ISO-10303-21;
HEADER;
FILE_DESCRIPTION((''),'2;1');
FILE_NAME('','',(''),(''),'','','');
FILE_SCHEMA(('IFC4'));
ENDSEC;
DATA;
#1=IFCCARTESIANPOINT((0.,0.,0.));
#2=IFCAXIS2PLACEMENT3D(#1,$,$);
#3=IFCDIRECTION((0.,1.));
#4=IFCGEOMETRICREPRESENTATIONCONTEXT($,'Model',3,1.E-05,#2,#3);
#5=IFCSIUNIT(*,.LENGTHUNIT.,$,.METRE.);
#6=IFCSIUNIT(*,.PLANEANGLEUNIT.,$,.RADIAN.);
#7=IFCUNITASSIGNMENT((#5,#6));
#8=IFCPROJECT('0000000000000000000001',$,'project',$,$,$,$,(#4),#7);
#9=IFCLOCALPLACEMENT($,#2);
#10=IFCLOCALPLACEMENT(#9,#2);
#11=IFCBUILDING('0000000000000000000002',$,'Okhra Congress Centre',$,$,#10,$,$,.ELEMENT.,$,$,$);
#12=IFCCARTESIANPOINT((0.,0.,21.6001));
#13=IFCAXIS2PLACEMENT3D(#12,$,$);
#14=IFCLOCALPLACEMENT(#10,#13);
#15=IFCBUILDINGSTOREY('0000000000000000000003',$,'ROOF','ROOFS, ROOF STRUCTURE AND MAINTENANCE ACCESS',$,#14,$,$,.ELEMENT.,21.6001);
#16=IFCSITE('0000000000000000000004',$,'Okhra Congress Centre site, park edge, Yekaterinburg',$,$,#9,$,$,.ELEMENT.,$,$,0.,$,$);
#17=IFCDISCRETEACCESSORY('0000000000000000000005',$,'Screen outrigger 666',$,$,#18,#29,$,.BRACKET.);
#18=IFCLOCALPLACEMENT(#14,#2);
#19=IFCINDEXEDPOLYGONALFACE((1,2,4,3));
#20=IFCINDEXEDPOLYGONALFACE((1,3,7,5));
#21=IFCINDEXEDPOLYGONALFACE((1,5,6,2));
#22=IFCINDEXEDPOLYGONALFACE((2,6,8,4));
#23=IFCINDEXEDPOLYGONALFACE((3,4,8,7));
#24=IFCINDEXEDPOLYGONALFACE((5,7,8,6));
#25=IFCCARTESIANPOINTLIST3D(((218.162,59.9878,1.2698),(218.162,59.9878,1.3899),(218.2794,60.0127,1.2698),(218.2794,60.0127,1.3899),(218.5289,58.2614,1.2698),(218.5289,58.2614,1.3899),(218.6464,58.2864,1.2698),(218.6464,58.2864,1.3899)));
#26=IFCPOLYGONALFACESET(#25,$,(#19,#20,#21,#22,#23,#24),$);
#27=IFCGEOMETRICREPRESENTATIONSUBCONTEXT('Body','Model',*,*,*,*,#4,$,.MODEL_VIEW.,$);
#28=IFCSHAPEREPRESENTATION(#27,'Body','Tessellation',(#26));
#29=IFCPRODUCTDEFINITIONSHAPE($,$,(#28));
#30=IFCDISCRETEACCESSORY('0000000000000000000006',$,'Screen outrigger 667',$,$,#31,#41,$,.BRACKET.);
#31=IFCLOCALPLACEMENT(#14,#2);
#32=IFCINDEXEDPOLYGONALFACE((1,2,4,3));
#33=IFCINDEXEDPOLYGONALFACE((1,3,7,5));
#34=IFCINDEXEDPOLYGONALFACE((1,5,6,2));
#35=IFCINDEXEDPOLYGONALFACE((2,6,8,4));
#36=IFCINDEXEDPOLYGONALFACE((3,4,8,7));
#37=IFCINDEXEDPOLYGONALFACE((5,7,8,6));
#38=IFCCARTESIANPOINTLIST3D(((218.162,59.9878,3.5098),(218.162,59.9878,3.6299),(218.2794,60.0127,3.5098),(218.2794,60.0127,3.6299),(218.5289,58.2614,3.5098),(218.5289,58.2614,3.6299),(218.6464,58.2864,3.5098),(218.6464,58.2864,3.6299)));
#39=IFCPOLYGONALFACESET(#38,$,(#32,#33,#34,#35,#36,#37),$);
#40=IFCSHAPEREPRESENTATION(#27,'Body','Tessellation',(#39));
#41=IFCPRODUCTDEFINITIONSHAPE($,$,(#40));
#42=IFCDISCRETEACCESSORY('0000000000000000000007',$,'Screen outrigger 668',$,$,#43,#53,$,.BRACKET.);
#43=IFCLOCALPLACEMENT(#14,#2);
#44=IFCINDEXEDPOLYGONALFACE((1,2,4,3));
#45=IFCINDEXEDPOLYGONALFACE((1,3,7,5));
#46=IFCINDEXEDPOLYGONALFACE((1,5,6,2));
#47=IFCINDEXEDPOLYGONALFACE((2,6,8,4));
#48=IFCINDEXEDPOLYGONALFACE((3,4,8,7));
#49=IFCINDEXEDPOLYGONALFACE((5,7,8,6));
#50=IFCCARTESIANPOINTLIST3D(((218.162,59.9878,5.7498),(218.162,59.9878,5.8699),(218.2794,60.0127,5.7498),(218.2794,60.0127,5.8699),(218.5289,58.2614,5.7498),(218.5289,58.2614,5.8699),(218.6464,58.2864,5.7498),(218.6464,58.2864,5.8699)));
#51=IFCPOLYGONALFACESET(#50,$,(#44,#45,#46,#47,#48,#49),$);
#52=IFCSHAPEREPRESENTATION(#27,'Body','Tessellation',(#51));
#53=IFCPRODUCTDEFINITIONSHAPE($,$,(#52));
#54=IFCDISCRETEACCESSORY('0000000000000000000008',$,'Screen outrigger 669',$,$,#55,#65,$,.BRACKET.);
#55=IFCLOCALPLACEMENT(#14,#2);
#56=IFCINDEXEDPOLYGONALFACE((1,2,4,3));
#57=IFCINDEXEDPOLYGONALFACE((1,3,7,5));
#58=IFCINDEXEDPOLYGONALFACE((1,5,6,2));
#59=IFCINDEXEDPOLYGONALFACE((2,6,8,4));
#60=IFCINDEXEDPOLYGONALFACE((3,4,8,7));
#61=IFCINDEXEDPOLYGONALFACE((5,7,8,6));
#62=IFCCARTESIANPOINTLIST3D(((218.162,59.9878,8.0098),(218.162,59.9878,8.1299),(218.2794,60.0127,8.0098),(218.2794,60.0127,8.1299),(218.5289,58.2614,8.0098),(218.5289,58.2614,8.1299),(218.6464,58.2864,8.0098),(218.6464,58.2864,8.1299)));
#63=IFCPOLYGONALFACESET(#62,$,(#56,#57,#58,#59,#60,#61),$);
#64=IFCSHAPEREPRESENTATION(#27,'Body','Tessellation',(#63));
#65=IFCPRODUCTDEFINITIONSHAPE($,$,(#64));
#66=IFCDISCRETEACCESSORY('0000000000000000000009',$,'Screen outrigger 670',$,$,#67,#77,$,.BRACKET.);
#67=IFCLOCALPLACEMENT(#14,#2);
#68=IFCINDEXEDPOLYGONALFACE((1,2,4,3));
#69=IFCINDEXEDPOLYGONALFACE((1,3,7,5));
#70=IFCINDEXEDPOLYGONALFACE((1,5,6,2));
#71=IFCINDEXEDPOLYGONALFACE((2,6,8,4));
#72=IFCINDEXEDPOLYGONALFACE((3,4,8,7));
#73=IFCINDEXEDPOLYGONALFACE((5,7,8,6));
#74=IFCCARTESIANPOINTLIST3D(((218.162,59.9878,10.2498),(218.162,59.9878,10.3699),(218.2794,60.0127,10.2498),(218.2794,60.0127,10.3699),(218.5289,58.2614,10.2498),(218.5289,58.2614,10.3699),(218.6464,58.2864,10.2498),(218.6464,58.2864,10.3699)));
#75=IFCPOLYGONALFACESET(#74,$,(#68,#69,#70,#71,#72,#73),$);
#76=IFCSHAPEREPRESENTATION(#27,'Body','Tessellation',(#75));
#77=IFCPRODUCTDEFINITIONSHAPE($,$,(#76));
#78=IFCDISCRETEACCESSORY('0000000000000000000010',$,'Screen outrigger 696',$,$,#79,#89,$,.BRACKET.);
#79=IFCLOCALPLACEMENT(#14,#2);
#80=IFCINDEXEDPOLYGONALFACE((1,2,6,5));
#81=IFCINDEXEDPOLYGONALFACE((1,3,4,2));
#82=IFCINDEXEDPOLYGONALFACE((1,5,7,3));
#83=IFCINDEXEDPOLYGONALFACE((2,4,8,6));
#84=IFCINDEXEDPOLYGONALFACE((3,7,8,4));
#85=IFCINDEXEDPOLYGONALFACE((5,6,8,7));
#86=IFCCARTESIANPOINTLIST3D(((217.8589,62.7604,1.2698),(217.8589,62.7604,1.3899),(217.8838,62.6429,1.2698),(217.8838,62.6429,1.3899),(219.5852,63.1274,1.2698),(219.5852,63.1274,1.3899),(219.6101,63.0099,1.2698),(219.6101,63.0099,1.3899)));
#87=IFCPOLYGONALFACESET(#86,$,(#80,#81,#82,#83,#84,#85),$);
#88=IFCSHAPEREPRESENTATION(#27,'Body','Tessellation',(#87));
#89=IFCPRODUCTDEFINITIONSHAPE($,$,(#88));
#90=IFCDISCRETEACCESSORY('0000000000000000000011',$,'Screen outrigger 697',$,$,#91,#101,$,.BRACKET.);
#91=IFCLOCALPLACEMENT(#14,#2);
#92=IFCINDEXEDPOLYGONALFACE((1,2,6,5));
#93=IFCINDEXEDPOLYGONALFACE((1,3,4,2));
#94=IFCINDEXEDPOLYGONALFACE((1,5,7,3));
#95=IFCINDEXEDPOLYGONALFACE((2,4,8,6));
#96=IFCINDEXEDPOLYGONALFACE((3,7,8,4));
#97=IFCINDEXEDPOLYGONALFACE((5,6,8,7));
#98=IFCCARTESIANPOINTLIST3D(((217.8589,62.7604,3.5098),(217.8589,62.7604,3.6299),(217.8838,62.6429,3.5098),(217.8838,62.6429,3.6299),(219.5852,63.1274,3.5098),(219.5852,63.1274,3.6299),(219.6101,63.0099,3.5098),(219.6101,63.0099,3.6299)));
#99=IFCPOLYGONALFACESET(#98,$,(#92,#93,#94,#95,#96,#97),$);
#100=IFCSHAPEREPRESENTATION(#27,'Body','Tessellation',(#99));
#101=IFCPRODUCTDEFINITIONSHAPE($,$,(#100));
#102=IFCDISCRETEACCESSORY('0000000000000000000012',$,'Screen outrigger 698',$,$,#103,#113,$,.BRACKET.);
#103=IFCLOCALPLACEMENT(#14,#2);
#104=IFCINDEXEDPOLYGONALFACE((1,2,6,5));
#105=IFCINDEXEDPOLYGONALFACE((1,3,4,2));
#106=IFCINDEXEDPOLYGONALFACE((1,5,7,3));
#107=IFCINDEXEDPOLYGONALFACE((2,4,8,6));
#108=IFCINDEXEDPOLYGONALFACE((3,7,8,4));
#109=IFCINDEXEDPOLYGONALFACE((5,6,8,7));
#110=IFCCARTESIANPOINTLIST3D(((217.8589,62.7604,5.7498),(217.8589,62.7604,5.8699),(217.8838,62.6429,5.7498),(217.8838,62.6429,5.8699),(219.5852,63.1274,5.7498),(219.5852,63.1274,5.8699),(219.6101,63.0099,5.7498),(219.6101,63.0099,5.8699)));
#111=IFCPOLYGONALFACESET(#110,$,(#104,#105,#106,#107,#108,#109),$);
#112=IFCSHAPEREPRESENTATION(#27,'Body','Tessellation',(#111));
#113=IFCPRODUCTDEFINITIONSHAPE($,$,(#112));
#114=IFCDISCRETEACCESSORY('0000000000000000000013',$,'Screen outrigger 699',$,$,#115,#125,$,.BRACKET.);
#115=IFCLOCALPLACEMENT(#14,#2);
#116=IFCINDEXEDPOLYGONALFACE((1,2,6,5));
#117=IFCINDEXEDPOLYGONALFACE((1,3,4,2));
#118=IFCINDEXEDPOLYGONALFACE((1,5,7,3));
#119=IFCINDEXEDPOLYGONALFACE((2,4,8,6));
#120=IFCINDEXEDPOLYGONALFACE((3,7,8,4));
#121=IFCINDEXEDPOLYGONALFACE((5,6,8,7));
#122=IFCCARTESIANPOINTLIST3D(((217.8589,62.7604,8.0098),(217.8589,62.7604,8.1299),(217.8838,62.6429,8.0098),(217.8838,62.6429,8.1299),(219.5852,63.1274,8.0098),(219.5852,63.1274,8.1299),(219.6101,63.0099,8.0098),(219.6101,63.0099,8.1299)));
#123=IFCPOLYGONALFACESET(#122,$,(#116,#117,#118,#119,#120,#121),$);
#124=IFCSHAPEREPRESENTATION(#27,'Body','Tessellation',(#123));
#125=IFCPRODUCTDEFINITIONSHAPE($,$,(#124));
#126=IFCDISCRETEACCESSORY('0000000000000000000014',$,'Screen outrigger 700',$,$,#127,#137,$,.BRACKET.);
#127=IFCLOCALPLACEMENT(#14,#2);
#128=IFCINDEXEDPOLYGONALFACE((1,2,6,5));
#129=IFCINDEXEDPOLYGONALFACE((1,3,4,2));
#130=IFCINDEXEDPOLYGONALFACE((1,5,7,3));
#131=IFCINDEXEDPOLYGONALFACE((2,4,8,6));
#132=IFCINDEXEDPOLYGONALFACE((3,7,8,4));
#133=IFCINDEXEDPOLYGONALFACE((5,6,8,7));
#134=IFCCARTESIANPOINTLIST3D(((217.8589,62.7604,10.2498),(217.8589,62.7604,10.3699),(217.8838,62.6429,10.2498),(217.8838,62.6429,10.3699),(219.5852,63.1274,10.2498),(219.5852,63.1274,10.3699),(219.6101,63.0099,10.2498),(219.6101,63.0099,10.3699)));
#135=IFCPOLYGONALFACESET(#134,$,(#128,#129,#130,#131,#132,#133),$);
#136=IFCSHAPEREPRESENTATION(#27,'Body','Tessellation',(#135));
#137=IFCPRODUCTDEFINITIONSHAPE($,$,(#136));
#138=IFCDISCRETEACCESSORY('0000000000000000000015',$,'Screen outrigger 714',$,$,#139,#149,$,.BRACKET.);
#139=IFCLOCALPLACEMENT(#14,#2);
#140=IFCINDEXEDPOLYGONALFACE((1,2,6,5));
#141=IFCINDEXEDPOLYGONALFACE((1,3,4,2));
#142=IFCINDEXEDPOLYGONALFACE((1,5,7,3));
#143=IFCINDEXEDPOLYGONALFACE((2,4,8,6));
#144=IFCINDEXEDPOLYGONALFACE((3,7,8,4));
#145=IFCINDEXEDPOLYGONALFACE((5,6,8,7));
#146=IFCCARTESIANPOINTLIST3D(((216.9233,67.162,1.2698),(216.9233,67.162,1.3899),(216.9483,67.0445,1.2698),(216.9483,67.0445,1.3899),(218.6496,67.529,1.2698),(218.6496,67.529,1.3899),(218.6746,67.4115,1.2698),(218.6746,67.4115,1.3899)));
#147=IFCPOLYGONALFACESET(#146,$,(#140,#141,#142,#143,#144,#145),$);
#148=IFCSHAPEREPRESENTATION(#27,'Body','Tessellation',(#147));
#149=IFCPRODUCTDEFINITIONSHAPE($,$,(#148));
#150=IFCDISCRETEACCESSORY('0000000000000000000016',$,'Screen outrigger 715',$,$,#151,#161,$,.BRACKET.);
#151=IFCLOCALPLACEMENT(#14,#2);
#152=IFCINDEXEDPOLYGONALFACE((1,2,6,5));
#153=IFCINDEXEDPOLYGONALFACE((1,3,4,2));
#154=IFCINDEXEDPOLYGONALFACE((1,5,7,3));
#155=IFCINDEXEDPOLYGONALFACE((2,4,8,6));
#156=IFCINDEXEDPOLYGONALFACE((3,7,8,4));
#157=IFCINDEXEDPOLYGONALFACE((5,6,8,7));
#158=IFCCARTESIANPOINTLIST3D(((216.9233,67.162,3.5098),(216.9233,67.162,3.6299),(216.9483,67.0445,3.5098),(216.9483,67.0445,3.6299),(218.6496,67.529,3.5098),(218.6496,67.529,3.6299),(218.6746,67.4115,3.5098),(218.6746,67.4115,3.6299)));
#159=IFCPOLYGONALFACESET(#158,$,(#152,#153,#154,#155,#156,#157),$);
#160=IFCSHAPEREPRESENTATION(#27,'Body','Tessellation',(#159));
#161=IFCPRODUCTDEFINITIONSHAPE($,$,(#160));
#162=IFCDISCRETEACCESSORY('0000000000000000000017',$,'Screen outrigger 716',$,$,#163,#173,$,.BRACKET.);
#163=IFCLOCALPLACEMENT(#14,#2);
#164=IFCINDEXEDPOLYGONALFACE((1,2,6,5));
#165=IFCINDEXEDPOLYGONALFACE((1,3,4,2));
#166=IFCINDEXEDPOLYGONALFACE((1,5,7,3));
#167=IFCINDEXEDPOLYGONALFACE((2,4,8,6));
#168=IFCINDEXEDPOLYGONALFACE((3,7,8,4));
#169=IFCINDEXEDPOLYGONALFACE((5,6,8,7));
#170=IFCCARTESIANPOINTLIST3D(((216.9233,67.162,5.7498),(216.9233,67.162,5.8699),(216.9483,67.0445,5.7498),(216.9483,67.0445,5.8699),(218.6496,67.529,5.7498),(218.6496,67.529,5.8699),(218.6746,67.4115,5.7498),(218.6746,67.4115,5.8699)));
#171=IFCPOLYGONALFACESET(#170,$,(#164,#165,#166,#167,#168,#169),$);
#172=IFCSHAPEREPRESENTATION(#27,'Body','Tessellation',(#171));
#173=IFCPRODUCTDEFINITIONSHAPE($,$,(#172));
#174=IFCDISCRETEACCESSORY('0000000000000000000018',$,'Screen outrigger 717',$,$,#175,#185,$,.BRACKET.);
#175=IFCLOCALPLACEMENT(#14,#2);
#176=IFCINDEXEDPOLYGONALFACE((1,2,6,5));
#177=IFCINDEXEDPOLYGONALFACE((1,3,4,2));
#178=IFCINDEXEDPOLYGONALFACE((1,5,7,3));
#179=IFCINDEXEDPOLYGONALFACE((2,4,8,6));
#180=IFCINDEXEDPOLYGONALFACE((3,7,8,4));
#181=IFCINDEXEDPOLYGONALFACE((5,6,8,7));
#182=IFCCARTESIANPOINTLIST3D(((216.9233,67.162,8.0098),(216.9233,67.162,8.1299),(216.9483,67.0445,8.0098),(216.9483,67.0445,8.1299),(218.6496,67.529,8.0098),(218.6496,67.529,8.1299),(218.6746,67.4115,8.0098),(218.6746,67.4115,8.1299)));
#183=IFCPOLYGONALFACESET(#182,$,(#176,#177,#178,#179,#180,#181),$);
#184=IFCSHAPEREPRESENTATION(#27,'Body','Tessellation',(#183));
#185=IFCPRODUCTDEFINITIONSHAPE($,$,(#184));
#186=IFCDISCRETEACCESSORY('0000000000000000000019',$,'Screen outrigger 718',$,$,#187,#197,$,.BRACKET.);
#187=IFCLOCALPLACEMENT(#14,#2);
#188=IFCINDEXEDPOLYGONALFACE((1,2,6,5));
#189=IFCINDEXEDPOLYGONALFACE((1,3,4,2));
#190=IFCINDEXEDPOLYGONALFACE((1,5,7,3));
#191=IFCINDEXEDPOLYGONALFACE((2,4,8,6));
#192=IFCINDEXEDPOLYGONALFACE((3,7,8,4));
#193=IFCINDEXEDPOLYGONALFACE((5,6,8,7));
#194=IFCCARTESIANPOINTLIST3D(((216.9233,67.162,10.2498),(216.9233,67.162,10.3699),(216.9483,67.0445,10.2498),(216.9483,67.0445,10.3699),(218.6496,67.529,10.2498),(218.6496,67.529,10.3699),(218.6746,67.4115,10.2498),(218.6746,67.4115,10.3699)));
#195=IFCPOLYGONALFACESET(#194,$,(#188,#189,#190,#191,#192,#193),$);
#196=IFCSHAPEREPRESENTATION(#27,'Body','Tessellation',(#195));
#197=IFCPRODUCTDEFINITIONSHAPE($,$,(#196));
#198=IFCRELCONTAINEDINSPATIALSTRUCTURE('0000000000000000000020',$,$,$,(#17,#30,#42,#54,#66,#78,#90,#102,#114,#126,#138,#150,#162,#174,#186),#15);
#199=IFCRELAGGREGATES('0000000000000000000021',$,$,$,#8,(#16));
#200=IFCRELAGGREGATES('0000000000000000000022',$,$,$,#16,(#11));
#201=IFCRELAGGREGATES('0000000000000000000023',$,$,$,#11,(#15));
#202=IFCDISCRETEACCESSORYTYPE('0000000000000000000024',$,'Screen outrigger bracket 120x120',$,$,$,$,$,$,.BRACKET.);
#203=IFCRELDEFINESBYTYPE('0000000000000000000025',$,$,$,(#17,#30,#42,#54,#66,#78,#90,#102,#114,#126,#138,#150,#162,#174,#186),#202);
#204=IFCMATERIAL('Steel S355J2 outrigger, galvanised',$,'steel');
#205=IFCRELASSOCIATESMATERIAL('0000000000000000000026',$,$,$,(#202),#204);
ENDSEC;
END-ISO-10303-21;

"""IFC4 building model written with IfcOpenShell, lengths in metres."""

from ifc_helpers import new_model, si_unit, direction, frame, origin, origin_2d, place, context, subcontext, project, spatial, rectangle, extrude, material, material_profile, profile_set, type_object, element, save


model = new_model("IFC4")

# Units and contexts
model_context = context("Model", 3, precision=1e-05, world=origin(), true_north=direction((0.0, 1.0)))
body_context = subcontext(model_context, "Body", "Model", "MODEL_VIEW")
ifc_project = project(units=[si_unit("LENGTHUNIT", "METRE"), si_unit("PLANEANGLEUNIT", "RADIAN")], contexts=[model_context])

# Site, building, storey
site_placement = place(None, origin())
site = spatial("IfcSite", under=ifc_project, at=site_placement, Name="Okhra Congress Centre site, park edge, Yekaterinburg", CompositionType="ELEMENT", RefElevation=0.0)
building_placement = place(site_placement, origin())
building = spatial("IfcBuilding", under=site, at=building_placement, Name="Okhra Congress Centre", CompositionType="ELEMENT")
storey_placement = place(building_placement, frame((0.0, 0.0, 21.6001)))
storey = spatial("IfcBuildingStorey", under=building, at=storey_placement, Name="ROOF", Description="ROOFS, ROOF STRUCTURE AND MAINTENANCE ACCESS", CompositionType="ELEMENT", Elevation=21.6001)

# Discrete accessories
ifc_material_1 = material(Name="Steel S355J2 outrigger, galvanised", Category="steel")
ifc_material_profile_1 = material_profile(ifc_material_1, rectangle(XDim=0.1201, YDim=0.1201, at=origin_2d()), Name="Screen outrigger bracket 120x120")
ifc_profile_set_1 = profile_set([ifc_material_profile_1], Name="Steel S355J2 outrigger, galvanised")
discrete_accessory_type = type_object("IfcDiscreteAccessoryType", Name="Screen outrigger bracket 120x120", PredefinedType="BRACKET", material=ifc_profile_set_1)
for number, where, z_axis, x_axis, name in (
    (1, (218.2207, 60.0002, 1.3298), (0.207913, -0.978147, 0.0), (0.978147, 0.207913, 0.0), "Screen outrigger 666"),
    (2, (218.2207, 60.0002, 3.5698), (0.207913, -0.978147, 0.0), (0.978147, 0.207913, 0.0), "Screen outrigger 667"),
    (3, (218.2207, 60.0002, 5.8098), (0.207913, -0.978147, 0.0), (0.978147, 0.207913, 0.0), "Screen outrigger 668"),
    (4, (218.2207, 60.0002, 8.0698), (0.207913, -0.978147, 0.0), (0.978147, 0.207913, 0.0), "Screen outrigger 669"),
    (5, (218.2207, 60.0002, 10.3098), (0.207913, -0.978147, 0.0), (0.978147, 0.207913, 0.0), "Screen outrigger 670"),
    (6, (217.8713, 62.7017, 1.3298), (0.978147, 0.207913, 0.0), (-0.207913, 0.978147, 0.0), "Screen outrigger 696"),
    (7, (217.8713, 62.7017, 3.5698), (0.978147, 0.207913, 0.0), (-0.207913, 0.978147, 0.0), "Screen outrigger 697"),
    (8, (217.8713, 62.7017, 5.8098), (0.978147, 0.207913, 0.0), (-0.207913, 0.978147, 0.0), "Screen outrigger 698"),
    (9, (217.8713, 62.7017, 8.0698), (0.978147, 0.207913, 0.0), (-0.207913, 0.978147, 0.0), "Screen outrigger 699"),
    (10, (217.8713, 62.7017, 10.3098), (0.978147, 0.207913, 0.0), (-0.207913, 0.978147, 0.0), "Screen outrigger 700"),
    (11, (216.9358, 67.1033, 1.3298), (0.978147, 0.207913, 0.0), (-0.207913, 0.978147, 0.0), "Screen outrigger 714"),
    (12, (216.9358, 67.1033, 3.5698), (0.978147, 0.207913, 0.0), (-0.207913, 0.978147, 0.0), "Screen outrigger 715"),
    (13, (216.9358, 67.1033, 5.8098), (0.978147, 0.207913, 0.0), (-0.207913, 0.978147, 0.0), "Screen outrigger 716"),
    (14, (216.9358, 67.1033, 8.0698), (0.978147, 0.207913, 0.0), (-0.207913, 0.978147, 0.0), "Screen outrigger 717"),
    (15, (216.9358, 67.1033, 10.3098), (0.978147, 0.207913, 0.0), (-0.207913, 0.978147, 0.0), "Screen outrigger 718"),
):
    element("IfcDiscreteAccessory", number, at=place(storey_placement, frame(where, z_axis=z_axis, x_axis=x_axis)), inside=storey, type_object=discrete_accessory_type, Name=name, PredefinedType="BRACKET", context=body_context, shape_type="SweptSolid", body=[
        extrude(rectangle(XDim=0.1201, YDim=0.1201, at=origin_2d()), origin(), (0.0, 0.0, 1.0), 1.7649),
    ])

save(model, "model.ifc")
